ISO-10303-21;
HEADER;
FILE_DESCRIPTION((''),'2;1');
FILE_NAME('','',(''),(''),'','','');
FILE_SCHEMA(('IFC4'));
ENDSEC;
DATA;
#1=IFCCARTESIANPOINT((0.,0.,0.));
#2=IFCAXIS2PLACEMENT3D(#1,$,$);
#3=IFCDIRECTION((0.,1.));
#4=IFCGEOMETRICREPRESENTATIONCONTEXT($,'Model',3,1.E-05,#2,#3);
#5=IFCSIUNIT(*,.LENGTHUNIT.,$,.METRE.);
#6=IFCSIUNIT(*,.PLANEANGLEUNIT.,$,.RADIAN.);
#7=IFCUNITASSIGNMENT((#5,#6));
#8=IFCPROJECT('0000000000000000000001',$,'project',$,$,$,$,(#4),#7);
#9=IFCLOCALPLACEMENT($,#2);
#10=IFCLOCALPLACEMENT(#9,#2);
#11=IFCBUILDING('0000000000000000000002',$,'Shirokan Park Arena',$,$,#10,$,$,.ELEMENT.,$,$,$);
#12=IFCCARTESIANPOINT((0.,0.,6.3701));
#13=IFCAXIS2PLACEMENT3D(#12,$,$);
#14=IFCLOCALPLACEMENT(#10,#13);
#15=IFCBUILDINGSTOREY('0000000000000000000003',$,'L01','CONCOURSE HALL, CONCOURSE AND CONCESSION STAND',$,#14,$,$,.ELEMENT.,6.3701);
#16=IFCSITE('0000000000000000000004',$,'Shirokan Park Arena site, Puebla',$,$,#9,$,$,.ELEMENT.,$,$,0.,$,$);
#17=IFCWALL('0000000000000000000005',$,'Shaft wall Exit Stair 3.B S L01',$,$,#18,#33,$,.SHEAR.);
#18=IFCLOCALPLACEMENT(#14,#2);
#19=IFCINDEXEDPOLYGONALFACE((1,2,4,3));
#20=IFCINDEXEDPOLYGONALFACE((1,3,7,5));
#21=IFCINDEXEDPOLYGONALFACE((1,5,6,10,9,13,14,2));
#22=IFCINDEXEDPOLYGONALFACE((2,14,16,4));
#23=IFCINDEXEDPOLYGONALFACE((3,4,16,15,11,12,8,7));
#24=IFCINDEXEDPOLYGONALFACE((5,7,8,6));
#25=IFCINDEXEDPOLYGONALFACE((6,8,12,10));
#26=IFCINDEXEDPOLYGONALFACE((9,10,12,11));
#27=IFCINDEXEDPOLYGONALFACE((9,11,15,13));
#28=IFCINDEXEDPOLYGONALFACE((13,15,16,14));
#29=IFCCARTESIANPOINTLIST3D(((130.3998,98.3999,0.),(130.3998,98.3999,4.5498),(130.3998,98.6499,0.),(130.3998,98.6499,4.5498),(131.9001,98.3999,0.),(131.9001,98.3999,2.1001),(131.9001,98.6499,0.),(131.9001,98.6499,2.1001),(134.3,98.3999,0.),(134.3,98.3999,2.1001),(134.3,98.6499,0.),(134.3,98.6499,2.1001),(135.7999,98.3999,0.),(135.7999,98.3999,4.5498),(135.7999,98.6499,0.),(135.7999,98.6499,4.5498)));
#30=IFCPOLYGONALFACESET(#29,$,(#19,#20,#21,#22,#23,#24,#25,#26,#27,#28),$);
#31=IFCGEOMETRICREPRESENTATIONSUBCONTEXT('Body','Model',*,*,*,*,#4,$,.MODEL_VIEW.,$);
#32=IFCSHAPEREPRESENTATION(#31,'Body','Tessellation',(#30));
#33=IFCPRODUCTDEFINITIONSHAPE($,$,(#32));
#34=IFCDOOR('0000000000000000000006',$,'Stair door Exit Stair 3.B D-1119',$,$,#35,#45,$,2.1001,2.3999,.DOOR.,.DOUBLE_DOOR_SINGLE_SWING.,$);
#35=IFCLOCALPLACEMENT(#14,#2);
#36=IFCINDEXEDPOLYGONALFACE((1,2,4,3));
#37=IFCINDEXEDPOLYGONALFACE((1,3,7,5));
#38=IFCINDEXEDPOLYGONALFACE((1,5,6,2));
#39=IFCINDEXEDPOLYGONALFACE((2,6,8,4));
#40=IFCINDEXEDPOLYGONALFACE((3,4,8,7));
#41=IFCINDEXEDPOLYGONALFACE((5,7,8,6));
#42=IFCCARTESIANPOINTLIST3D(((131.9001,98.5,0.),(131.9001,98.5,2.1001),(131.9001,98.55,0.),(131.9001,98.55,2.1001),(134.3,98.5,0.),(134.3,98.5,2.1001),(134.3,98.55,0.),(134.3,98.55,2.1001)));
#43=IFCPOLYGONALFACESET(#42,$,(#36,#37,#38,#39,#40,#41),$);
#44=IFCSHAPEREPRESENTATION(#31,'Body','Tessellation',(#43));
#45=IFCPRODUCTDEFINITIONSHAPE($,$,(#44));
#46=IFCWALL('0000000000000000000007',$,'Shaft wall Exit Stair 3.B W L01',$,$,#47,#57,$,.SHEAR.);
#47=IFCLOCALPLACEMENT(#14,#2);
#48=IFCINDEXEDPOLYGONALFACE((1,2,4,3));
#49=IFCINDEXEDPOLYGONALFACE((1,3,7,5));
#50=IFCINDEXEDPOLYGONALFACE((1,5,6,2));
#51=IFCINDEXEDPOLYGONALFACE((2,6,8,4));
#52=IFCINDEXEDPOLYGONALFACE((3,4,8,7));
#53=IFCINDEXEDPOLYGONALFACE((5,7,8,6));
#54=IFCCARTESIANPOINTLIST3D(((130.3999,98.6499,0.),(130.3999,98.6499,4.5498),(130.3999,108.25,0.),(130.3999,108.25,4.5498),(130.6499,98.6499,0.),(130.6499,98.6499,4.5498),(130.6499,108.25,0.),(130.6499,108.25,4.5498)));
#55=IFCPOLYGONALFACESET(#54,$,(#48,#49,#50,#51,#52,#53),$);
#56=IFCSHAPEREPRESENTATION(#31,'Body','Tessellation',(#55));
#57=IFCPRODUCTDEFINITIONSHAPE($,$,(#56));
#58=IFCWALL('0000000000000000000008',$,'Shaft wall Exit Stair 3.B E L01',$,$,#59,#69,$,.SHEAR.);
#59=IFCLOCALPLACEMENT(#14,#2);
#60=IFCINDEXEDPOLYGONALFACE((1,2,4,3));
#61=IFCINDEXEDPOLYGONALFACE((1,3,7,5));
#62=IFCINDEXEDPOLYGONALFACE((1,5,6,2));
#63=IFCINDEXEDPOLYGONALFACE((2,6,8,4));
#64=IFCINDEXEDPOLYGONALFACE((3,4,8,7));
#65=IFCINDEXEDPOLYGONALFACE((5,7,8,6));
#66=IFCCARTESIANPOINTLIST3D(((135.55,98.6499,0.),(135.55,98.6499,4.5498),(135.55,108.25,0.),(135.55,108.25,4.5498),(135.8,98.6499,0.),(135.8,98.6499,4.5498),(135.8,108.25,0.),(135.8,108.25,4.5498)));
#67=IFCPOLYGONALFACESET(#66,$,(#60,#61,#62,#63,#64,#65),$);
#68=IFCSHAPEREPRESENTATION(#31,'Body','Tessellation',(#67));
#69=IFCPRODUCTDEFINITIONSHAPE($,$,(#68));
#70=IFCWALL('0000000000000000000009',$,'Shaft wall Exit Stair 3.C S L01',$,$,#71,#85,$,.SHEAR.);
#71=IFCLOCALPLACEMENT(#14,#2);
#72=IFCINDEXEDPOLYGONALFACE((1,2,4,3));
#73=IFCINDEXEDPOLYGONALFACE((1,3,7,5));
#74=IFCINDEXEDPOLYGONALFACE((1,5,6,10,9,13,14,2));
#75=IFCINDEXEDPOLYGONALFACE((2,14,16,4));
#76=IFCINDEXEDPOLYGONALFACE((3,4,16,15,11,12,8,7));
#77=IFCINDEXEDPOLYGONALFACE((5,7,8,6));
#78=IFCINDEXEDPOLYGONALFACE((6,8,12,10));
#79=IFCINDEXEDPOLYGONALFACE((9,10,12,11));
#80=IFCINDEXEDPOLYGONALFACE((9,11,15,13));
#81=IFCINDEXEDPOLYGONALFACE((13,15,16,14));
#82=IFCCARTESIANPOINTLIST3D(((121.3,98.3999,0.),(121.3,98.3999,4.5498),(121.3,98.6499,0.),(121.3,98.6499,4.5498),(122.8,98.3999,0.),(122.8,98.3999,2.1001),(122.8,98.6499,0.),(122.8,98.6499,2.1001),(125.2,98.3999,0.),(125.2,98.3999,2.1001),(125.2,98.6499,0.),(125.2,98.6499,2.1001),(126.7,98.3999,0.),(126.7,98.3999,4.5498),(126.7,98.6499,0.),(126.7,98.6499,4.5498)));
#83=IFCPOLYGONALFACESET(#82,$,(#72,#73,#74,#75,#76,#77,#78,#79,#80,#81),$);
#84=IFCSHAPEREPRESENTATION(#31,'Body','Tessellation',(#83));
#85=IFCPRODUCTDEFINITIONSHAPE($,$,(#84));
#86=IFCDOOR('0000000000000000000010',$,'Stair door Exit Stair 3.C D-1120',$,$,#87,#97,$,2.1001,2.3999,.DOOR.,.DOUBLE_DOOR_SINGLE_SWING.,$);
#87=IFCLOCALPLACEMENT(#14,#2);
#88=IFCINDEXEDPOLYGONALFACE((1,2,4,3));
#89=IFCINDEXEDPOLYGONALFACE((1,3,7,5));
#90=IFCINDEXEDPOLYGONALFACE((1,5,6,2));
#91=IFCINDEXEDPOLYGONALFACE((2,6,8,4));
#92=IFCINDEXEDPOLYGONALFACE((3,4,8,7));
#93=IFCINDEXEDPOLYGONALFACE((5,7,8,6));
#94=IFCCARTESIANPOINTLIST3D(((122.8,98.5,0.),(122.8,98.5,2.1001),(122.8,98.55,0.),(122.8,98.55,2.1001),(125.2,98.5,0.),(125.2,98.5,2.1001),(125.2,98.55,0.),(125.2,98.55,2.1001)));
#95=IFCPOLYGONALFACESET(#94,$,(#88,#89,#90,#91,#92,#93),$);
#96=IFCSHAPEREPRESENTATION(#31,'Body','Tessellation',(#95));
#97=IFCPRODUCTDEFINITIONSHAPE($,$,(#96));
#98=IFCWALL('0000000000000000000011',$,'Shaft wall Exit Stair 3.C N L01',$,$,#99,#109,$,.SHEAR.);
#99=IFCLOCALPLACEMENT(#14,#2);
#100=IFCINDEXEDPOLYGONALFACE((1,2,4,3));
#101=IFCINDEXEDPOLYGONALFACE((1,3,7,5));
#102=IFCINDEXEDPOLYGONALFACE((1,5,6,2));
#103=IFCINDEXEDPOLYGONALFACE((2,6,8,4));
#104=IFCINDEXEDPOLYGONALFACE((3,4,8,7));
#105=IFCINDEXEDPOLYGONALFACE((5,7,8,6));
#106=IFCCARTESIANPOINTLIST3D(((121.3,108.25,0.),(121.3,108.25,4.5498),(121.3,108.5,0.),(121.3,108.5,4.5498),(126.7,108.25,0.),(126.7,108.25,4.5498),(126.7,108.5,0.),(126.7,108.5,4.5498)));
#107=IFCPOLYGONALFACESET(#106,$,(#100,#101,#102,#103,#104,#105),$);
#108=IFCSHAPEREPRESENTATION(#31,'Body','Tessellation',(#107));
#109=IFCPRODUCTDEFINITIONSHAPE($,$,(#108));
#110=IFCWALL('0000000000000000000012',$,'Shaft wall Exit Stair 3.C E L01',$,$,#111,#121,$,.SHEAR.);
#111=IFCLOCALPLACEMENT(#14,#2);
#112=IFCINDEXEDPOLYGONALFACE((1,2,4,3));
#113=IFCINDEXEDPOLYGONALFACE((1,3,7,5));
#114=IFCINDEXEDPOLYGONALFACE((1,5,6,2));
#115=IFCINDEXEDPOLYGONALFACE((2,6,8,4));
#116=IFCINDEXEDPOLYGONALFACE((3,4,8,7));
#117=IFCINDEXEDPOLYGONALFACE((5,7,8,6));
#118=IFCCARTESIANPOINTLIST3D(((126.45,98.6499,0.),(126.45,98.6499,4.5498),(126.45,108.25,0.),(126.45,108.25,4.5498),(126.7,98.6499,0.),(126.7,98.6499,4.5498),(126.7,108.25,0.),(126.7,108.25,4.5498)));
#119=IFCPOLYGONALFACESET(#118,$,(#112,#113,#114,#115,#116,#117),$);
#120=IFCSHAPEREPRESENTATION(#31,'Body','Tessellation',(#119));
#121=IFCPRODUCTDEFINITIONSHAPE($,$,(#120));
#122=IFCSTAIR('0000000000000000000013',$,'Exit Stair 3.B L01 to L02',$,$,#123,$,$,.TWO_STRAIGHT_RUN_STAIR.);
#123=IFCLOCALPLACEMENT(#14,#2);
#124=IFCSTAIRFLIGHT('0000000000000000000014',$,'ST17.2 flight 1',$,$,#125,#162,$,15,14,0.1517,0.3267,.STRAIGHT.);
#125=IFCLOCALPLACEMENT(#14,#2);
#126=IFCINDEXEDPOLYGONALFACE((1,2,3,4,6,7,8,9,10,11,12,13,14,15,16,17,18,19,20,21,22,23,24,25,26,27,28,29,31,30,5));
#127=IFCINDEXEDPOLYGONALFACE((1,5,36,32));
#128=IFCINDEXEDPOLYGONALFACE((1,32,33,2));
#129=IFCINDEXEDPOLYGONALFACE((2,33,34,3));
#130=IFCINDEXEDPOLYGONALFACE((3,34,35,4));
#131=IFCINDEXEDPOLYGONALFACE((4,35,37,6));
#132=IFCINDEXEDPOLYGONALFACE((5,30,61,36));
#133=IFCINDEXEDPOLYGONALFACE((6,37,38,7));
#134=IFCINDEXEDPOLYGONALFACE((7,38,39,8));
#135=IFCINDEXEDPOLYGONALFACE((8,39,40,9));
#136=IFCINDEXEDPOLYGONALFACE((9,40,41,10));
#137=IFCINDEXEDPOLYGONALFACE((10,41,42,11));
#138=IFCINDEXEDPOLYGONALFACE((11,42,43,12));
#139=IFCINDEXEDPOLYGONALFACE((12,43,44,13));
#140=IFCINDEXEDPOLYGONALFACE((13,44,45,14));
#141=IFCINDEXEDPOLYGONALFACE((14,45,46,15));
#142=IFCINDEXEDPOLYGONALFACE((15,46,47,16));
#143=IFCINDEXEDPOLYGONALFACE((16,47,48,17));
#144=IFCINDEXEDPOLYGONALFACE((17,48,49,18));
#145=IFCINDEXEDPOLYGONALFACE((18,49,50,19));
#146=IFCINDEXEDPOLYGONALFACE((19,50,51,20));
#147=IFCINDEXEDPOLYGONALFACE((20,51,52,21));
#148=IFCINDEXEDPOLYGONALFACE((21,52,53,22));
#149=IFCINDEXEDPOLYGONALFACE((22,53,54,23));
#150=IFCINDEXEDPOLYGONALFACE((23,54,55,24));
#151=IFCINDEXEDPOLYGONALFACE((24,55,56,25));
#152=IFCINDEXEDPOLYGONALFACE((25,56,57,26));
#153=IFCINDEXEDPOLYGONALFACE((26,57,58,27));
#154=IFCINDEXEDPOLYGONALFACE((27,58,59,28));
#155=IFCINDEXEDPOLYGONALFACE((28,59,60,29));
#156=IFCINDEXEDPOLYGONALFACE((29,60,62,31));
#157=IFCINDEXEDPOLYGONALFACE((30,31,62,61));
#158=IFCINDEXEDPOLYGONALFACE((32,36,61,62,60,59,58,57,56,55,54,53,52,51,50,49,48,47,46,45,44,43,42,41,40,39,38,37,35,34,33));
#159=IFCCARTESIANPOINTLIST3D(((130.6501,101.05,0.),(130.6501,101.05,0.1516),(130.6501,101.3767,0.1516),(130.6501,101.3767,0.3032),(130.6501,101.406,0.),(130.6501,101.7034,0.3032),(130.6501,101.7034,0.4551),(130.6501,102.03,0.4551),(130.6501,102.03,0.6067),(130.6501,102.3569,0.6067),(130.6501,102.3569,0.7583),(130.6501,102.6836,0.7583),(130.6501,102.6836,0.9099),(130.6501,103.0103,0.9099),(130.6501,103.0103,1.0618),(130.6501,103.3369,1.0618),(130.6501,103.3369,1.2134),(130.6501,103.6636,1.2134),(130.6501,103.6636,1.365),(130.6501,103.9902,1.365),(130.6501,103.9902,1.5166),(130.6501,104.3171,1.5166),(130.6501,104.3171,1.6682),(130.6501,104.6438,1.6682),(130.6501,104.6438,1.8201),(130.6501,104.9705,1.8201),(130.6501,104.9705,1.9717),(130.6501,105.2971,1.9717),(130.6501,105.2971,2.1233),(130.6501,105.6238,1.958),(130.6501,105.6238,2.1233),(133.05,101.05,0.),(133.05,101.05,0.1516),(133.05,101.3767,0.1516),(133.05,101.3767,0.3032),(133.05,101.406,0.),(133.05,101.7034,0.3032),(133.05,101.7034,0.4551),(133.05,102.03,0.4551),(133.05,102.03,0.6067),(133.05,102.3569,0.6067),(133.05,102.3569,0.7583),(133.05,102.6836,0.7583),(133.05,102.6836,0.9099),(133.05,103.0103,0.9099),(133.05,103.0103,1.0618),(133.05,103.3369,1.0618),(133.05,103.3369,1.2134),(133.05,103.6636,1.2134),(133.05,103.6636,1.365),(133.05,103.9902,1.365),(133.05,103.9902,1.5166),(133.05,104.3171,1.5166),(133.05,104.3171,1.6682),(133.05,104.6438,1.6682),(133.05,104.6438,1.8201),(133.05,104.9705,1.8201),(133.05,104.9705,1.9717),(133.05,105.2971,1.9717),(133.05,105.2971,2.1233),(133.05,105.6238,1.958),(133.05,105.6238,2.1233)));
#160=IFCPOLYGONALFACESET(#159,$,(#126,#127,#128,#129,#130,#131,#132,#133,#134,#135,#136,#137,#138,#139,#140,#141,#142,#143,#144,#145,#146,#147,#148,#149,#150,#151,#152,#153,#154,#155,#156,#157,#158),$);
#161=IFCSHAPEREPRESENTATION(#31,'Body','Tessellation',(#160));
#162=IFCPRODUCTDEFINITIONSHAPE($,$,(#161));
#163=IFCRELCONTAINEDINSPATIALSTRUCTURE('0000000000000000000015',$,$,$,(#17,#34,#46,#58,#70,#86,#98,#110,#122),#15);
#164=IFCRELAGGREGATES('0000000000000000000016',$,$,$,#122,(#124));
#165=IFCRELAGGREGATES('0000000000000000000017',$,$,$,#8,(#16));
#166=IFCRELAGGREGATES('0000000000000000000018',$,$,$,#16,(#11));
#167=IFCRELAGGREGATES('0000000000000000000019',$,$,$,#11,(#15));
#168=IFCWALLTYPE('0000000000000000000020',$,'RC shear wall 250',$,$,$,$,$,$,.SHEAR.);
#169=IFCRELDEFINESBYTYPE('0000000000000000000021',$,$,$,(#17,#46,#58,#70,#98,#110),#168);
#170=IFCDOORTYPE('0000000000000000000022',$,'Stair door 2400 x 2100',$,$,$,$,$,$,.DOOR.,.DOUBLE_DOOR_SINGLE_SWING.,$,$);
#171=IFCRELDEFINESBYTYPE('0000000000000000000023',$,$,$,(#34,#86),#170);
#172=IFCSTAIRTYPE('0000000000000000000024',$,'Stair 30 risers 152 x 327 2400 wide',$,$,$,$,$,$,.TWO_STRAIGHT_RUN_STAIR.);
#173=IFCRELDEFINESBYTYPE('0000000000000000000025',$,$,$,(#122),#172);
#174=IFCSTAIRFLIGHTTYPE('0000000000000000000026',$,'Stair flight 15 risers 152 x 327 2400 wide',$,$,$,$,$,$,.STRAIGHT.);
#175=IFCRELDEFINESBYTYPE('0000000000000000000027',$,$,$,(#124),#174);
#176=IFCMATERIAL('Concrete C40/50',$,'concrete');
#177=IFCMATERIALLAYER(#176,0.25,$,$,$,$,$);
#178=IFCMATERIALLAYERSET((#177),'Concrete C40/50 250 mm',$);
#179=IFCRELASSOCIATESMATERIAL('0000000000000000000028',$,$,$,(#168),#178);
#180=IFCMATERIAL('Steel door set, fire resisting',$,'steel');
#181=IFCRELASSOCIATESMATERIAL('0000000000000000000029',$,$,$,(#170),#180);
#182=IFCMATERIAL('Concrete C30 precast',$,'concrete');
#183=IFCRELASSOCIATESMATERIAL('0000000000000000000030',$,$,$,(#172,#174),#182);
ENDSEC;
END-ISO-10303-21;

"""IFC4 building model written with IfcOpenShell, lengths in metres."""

from ifc_helpers import new_model, si_unit, direction, frame, frame_2d, origin, place, context, subcontext, project, spatial, polyline, rectangle, outline, extrude, material, layer, layer_set, type_object, element, fill, aggregate, save


model = new_model("IFC4")

# Units and contexts
model_context = context("Model", 3, precision=1e-05, world=origin(), true_north=direction((0.0, 1.0)))
body_context = subcontext(model_context, "Body", "Model", "MODEL_VIEW")
ifc_project = project(units=[si_unit("LENGTHUNIT", "METRE"), si_unit("PLANEANGLEUNIT", "RADIAN")], contexts=[model_context])

# Site, building, storey
site_placement = place(None, origin())
site = spatial("IfcSite", under=ifc_project, at=site_placement, Name="Shirokan Park Arena site, Puebla", CompositionType="ELEMENT", RefElevation=0.0)
building_placement = place(site_placement, origin())
building = spatial("IfcBuilding", under=site, at=building_placement, Name="Shirokan Park Arena", CompositionType="ELEMENT")
storey_placement = place(building_placement, frame((0.0, 0.0, 6.3701)))
storey = spatial("IfcBuildingStorey", under=building, at=storey_placement, Name="L01", Description="CONCOURSE HALL, CONCOURSE AND CONCESSION STAND", CompositionType="ELEMENT", Elevation=6.3701)

# Wall, opening, door
ifc_material_1 = material(Name="Concrete C40/50", Category="concrete")
ifc_layer_1 = layer(ifc_material_1, 0.25)
ifc_layer_set_1 = layer_set([ifc_layer_1], Name="Concrete C40/50 250 mm")
wall_type_1 = type_object("IfcWallType", Name="RC shear wall 250", PredefinedType="SHEAR", material=ifc_layer_set_1)
wall_1_placement = place(storey_placement, frame((135.8, 98.5249, 0.0), z_axis=(0.0, 0.0, 1.0), x_axis=(-1.0, 0.0, 0.0)))
wall_1 = element("IfcWall", 1, at=wall_1_placement, inside=storey, type_object=wall_type_1, Name="Shaft wall Exit Stair 3.B S L01", PredefinedType="SHEAR", context=body_context, shape_type="SweptSolid", body=[
    extrude(rectangle(XDim=5.4001, YDim=0.25, at=frame_2d((2.7002, 0.0))), origin(), (0.0, 0.0, 1.0), 4.5498),
])
opening_1_placement = place(wall_1_placement, frame((1.5, 0.0, 0.0)))
opening_1 = element("IfcOpeningElement", 2, at=opening_1_placement, cuts=wall_1, PredefinedType="OPENING", context=body_context, shape_type="SweptSolid", body=[
    extrude(rectangle(XDim=2.3999, YDim=2.1001, at=frame_2d((1.2, 1.05))), frame((0.0, 0.135, 0.0), z_axis=(0.0, -1.0, 0.0), x_axis=(1.0, 0.0, 0.0)), (0.0, 0.0, 1.0), 0.27),
])
ifc_material_2 = material(Name="Steel door set, fire resisting", Category="steel")
door_type_1 = type_object("IfcDoorType", Name="Stair door 2400 x 2100", OperationType="DOUBLE_DOOR_SINGLE_SWING", PredefinedType="DOOR", material=ifc_material_2)
door_1_placement = place(opening_1_placement, origin())
door_1 = element("IfcDoor", 3, at=door_1_placement, inside=storey, type_object=door_type_1, Name="Stair door Exit Stair 3.B D-1119", OperationType="DOUBLE_DOOR_SINGLE_SWING", OverallHeight=2.1001, OverallWidth=2.3999, PredefinedType="DOOR", context=body_context, shape_type="SweptSolid", body=[
    extrude(rectangle(XDim=2.3999, YDim=2.1001, at=frame_2d((1.2, 1.05))), frame((0.0, 0.0249, 0.0), z_axis=(0.0, -1.0, 0.0), x_axis=(1.0, 0.0, 0.0)), (0.0, 0.0, 1.0), 0.05),
])
fill(opening_1, door_1)

# Walls
for number, where, z_axis, x_axis, name in (
    (4, (130.5249, 108.25, 0.0), (0.0, 0.0, 1.0), (0.0, -1.0, 0.0), "Shaft wall Exit Stair 3.B W L01"),
    (5, (135.675, 108.25, 0.0), (0.0, 0.0, 1.0), (0.0, -1.0, 0.0), "Shaft wall Exit Stair 3.B E L01"),
):
    element("IfcWall", number, at=place(storey_placement, frame(where, z_axis=z_axis, x_axis=x_axis)), inside=storey, type_object=wall_type_1, Name=name, PredefinedType="SHEAR", context=body_context, shape_type="SweptSolid", body=[
        extrude(rectangle(XDim=9.6001, YDim=0.25, at=frame_2d((4.8, 0.0))), origin(), (0.0, 0.0, 1.0), 4.5498),
    ])

# Wall, opening, door
wall_2_placement = place(storey_placement, frame((126.7, 98.5249, 0.0), z_axis=(0.0, 0.0, 1.0), x_axis=(-1.0, 0.0, 0.0)))
wall_2 = element("IfcWall", 6, at=wall_2_placement, inside=storey, type_object=wall_type_1, Name="Shaft wall Exit Stair 3.C S L01", PredefinedType="SHEAR", context=body_context, shape_type="SweptSolid", body=[
    extrude(rectangle(XDim=5.3999, YDim=0.25, at=frame_2d((2.7, 0.0))), origin(), (0.0, 0.0, 1.0), 4.5498),
])
opening_2_placement = place(wall_2_placement, frame((1.5, 0.0, 0.0)))
opening_2 = element("IfcOpeningElement", 7, at=opening_2_placement, cuts=wall_2, PredefinedType="OPENING", context=body_context, shape_type="SweptSolid", body=[
    extrude(rectangle(XDim=2.3999, YDim=2.1001, at=frame_2d((1.2, 1.05))), frame((0.0, 0.135, 0.0), z_axis=(0.0, -1.0, 0.0), x_axis=(1.0, 0.0, 0.0)), (0.0, 0.0, 1.0), 0.27),
])
door_2_placement = place(opening_2_placement, origin())
door_2 = element("IfcDoor", 8, at=door_2_placement, inside=storey, type_object=door_type_1, Name="Stair door Exit Stair 3.C D-1120", OperationType="DOUBLE_DOOR_SINGLE_SWING", OverallHeight=2.1001, OverallWidth=2.3999, PredefinedType="DOOR", context=body_context, shape_type="SweptSolid", body=[
    extrude(rectangle(XDim=2.3999, YDim=2.1001, at=frame_2d((1.2, 1.05))), frame((0.0, 0.0249, 0.0), z_axis=(0.0, -1.0, 0.0), x_axis=(1.0, 0.0, 0.0)), (0.0, 0.0, 1.0), 0.05),
])
fill(opening_2, door_2)

# Walls
wall_3_placement = place(storey_placement, frame((126.7, 108.375, 0.0), z_axis=(0.0, 0.0, 1.0), x_axis=(-1.0, 0.0, 0.0)))
element("IfcWall", 9, at=wall_3_placement, inside=storey, type_object=wall_type_1, Name="Shaft wall Exit Stair 3.C N L01", PredefinedType="SHEAR", context=body_context, shape_type="SweptSolid", body=[
    extrude(rectangle(XDim=5.3999, YDim=0.25, at=frame_2d((2.7, 0.0))), origin(), (0.0, 0.0, 1.0), 4.5498),
])
wall_4_placement = place(storey_placement, frame((126.575, 108.25, 0.0), z_axis=(0.0, 0.0, 1.0), x_axis=(0.0, -1.0, 0.0)))
element("IfcWall", 10, at=wall_4_placement, inside=storey, type_object=wall_type_1, Name="Shaft wall Exit Stair 3.C E L01", PredefinedType="SHEAR", context=body_context, shape_type="SweptSolid", body=[
    extrude(rectangle(XDim=9.6001, YDim=0.25, at=frame_2d((4.8, 0.0))), origin(), (0.0, 0.0, 1.0), 4.5498),
])

# Stair, stair flight
ifc_material_3 = material(Name="Concrete C30 precast", Category="concrete")
stair_type = type_object("IfcStairType", Name="Stair 30 risers 152 x 327 2400 wide", PredefinedType="TWO_STRAIGHT_RUN_STAIR", material=ifc_material_3)
stair_placement = place(storey_placement, origin())
stair = element("IfcStair", 11, at=stair_placement, inside=storey, type_object=stair_type, Name="Exit Stair 3.B L01 to L02", PredefinedType="TWO_STRAIGHT_RUN_STAIR")
stair_flight_type = type_object("IfcStairFlightType", Name="Stair flight 15 risers 152 x 327 2400 wide", PredefinedType="STRAIGHT", material=ifc_material_3)
stair_flight_1_placement = place(storey_placement, frame((131.8501, 101.05, 0.0), z_axis=(0.0, 0.0, 1.0), x_axis=(0.0, 1.0, 0.0)))
stair_flight_1 = element("IfcStairFlight", 12, at=stair_flight_1_placement, type_object=stair_flight_type, Name="ST17.2 flight 1", NumberOfRisers=15, NumberOfTreads=14, PredefinedType="STRAIGHT", RiserHeight=0.1517, TreadLength=0.3267, context=body_context, shape_type="SweptSolid", body=[
    extrude(outline(polyline([(0.0, 0.0), (0.0, 0.1516), (0.3267, 0.1516), (0.3267, 0.3032), (0.6533, 0.3032), (0.6533, 0.4551), (0.98, 0.4551), (0.98, 0.6067), (1.3069, 0.6067), (1.3069, 0.7583), (1.6335, 0.7583), (1.6335, 0.9099), (1.9602, 0.9099), (1.9602, 1.0618), (2.2869, 1.0618), (2.2869, 1.2134), (2.6135, 1.2134), (2.6135, 1.365), (2.9402, 1.365), (2.9402, 1.5166), (3.2671, 1.5166), (3.2671, 1.6682), (3.5938, 1.6682), (3.5938, 1.8201), (3.9204, 1.8201), (3.9204, 1.9717), (4.2471, 1.9717), (4.2471, 2.1233), (4.5737, 2.1233), (4.5737, 2.2749), (4.5737, 1.958), (0.356, 0.0), (0.0, 0.0)])), frame((0.0, 1.2, 0.0), z_axis=(0.0, -1.0, 0.0), x_axis=(1.0, 0.0, 0.0)), (0.0, 0.0, 1.0), 2.3999),
])
aggregate(stair, [stair_flight_1])

save(model, "model.ifc")
